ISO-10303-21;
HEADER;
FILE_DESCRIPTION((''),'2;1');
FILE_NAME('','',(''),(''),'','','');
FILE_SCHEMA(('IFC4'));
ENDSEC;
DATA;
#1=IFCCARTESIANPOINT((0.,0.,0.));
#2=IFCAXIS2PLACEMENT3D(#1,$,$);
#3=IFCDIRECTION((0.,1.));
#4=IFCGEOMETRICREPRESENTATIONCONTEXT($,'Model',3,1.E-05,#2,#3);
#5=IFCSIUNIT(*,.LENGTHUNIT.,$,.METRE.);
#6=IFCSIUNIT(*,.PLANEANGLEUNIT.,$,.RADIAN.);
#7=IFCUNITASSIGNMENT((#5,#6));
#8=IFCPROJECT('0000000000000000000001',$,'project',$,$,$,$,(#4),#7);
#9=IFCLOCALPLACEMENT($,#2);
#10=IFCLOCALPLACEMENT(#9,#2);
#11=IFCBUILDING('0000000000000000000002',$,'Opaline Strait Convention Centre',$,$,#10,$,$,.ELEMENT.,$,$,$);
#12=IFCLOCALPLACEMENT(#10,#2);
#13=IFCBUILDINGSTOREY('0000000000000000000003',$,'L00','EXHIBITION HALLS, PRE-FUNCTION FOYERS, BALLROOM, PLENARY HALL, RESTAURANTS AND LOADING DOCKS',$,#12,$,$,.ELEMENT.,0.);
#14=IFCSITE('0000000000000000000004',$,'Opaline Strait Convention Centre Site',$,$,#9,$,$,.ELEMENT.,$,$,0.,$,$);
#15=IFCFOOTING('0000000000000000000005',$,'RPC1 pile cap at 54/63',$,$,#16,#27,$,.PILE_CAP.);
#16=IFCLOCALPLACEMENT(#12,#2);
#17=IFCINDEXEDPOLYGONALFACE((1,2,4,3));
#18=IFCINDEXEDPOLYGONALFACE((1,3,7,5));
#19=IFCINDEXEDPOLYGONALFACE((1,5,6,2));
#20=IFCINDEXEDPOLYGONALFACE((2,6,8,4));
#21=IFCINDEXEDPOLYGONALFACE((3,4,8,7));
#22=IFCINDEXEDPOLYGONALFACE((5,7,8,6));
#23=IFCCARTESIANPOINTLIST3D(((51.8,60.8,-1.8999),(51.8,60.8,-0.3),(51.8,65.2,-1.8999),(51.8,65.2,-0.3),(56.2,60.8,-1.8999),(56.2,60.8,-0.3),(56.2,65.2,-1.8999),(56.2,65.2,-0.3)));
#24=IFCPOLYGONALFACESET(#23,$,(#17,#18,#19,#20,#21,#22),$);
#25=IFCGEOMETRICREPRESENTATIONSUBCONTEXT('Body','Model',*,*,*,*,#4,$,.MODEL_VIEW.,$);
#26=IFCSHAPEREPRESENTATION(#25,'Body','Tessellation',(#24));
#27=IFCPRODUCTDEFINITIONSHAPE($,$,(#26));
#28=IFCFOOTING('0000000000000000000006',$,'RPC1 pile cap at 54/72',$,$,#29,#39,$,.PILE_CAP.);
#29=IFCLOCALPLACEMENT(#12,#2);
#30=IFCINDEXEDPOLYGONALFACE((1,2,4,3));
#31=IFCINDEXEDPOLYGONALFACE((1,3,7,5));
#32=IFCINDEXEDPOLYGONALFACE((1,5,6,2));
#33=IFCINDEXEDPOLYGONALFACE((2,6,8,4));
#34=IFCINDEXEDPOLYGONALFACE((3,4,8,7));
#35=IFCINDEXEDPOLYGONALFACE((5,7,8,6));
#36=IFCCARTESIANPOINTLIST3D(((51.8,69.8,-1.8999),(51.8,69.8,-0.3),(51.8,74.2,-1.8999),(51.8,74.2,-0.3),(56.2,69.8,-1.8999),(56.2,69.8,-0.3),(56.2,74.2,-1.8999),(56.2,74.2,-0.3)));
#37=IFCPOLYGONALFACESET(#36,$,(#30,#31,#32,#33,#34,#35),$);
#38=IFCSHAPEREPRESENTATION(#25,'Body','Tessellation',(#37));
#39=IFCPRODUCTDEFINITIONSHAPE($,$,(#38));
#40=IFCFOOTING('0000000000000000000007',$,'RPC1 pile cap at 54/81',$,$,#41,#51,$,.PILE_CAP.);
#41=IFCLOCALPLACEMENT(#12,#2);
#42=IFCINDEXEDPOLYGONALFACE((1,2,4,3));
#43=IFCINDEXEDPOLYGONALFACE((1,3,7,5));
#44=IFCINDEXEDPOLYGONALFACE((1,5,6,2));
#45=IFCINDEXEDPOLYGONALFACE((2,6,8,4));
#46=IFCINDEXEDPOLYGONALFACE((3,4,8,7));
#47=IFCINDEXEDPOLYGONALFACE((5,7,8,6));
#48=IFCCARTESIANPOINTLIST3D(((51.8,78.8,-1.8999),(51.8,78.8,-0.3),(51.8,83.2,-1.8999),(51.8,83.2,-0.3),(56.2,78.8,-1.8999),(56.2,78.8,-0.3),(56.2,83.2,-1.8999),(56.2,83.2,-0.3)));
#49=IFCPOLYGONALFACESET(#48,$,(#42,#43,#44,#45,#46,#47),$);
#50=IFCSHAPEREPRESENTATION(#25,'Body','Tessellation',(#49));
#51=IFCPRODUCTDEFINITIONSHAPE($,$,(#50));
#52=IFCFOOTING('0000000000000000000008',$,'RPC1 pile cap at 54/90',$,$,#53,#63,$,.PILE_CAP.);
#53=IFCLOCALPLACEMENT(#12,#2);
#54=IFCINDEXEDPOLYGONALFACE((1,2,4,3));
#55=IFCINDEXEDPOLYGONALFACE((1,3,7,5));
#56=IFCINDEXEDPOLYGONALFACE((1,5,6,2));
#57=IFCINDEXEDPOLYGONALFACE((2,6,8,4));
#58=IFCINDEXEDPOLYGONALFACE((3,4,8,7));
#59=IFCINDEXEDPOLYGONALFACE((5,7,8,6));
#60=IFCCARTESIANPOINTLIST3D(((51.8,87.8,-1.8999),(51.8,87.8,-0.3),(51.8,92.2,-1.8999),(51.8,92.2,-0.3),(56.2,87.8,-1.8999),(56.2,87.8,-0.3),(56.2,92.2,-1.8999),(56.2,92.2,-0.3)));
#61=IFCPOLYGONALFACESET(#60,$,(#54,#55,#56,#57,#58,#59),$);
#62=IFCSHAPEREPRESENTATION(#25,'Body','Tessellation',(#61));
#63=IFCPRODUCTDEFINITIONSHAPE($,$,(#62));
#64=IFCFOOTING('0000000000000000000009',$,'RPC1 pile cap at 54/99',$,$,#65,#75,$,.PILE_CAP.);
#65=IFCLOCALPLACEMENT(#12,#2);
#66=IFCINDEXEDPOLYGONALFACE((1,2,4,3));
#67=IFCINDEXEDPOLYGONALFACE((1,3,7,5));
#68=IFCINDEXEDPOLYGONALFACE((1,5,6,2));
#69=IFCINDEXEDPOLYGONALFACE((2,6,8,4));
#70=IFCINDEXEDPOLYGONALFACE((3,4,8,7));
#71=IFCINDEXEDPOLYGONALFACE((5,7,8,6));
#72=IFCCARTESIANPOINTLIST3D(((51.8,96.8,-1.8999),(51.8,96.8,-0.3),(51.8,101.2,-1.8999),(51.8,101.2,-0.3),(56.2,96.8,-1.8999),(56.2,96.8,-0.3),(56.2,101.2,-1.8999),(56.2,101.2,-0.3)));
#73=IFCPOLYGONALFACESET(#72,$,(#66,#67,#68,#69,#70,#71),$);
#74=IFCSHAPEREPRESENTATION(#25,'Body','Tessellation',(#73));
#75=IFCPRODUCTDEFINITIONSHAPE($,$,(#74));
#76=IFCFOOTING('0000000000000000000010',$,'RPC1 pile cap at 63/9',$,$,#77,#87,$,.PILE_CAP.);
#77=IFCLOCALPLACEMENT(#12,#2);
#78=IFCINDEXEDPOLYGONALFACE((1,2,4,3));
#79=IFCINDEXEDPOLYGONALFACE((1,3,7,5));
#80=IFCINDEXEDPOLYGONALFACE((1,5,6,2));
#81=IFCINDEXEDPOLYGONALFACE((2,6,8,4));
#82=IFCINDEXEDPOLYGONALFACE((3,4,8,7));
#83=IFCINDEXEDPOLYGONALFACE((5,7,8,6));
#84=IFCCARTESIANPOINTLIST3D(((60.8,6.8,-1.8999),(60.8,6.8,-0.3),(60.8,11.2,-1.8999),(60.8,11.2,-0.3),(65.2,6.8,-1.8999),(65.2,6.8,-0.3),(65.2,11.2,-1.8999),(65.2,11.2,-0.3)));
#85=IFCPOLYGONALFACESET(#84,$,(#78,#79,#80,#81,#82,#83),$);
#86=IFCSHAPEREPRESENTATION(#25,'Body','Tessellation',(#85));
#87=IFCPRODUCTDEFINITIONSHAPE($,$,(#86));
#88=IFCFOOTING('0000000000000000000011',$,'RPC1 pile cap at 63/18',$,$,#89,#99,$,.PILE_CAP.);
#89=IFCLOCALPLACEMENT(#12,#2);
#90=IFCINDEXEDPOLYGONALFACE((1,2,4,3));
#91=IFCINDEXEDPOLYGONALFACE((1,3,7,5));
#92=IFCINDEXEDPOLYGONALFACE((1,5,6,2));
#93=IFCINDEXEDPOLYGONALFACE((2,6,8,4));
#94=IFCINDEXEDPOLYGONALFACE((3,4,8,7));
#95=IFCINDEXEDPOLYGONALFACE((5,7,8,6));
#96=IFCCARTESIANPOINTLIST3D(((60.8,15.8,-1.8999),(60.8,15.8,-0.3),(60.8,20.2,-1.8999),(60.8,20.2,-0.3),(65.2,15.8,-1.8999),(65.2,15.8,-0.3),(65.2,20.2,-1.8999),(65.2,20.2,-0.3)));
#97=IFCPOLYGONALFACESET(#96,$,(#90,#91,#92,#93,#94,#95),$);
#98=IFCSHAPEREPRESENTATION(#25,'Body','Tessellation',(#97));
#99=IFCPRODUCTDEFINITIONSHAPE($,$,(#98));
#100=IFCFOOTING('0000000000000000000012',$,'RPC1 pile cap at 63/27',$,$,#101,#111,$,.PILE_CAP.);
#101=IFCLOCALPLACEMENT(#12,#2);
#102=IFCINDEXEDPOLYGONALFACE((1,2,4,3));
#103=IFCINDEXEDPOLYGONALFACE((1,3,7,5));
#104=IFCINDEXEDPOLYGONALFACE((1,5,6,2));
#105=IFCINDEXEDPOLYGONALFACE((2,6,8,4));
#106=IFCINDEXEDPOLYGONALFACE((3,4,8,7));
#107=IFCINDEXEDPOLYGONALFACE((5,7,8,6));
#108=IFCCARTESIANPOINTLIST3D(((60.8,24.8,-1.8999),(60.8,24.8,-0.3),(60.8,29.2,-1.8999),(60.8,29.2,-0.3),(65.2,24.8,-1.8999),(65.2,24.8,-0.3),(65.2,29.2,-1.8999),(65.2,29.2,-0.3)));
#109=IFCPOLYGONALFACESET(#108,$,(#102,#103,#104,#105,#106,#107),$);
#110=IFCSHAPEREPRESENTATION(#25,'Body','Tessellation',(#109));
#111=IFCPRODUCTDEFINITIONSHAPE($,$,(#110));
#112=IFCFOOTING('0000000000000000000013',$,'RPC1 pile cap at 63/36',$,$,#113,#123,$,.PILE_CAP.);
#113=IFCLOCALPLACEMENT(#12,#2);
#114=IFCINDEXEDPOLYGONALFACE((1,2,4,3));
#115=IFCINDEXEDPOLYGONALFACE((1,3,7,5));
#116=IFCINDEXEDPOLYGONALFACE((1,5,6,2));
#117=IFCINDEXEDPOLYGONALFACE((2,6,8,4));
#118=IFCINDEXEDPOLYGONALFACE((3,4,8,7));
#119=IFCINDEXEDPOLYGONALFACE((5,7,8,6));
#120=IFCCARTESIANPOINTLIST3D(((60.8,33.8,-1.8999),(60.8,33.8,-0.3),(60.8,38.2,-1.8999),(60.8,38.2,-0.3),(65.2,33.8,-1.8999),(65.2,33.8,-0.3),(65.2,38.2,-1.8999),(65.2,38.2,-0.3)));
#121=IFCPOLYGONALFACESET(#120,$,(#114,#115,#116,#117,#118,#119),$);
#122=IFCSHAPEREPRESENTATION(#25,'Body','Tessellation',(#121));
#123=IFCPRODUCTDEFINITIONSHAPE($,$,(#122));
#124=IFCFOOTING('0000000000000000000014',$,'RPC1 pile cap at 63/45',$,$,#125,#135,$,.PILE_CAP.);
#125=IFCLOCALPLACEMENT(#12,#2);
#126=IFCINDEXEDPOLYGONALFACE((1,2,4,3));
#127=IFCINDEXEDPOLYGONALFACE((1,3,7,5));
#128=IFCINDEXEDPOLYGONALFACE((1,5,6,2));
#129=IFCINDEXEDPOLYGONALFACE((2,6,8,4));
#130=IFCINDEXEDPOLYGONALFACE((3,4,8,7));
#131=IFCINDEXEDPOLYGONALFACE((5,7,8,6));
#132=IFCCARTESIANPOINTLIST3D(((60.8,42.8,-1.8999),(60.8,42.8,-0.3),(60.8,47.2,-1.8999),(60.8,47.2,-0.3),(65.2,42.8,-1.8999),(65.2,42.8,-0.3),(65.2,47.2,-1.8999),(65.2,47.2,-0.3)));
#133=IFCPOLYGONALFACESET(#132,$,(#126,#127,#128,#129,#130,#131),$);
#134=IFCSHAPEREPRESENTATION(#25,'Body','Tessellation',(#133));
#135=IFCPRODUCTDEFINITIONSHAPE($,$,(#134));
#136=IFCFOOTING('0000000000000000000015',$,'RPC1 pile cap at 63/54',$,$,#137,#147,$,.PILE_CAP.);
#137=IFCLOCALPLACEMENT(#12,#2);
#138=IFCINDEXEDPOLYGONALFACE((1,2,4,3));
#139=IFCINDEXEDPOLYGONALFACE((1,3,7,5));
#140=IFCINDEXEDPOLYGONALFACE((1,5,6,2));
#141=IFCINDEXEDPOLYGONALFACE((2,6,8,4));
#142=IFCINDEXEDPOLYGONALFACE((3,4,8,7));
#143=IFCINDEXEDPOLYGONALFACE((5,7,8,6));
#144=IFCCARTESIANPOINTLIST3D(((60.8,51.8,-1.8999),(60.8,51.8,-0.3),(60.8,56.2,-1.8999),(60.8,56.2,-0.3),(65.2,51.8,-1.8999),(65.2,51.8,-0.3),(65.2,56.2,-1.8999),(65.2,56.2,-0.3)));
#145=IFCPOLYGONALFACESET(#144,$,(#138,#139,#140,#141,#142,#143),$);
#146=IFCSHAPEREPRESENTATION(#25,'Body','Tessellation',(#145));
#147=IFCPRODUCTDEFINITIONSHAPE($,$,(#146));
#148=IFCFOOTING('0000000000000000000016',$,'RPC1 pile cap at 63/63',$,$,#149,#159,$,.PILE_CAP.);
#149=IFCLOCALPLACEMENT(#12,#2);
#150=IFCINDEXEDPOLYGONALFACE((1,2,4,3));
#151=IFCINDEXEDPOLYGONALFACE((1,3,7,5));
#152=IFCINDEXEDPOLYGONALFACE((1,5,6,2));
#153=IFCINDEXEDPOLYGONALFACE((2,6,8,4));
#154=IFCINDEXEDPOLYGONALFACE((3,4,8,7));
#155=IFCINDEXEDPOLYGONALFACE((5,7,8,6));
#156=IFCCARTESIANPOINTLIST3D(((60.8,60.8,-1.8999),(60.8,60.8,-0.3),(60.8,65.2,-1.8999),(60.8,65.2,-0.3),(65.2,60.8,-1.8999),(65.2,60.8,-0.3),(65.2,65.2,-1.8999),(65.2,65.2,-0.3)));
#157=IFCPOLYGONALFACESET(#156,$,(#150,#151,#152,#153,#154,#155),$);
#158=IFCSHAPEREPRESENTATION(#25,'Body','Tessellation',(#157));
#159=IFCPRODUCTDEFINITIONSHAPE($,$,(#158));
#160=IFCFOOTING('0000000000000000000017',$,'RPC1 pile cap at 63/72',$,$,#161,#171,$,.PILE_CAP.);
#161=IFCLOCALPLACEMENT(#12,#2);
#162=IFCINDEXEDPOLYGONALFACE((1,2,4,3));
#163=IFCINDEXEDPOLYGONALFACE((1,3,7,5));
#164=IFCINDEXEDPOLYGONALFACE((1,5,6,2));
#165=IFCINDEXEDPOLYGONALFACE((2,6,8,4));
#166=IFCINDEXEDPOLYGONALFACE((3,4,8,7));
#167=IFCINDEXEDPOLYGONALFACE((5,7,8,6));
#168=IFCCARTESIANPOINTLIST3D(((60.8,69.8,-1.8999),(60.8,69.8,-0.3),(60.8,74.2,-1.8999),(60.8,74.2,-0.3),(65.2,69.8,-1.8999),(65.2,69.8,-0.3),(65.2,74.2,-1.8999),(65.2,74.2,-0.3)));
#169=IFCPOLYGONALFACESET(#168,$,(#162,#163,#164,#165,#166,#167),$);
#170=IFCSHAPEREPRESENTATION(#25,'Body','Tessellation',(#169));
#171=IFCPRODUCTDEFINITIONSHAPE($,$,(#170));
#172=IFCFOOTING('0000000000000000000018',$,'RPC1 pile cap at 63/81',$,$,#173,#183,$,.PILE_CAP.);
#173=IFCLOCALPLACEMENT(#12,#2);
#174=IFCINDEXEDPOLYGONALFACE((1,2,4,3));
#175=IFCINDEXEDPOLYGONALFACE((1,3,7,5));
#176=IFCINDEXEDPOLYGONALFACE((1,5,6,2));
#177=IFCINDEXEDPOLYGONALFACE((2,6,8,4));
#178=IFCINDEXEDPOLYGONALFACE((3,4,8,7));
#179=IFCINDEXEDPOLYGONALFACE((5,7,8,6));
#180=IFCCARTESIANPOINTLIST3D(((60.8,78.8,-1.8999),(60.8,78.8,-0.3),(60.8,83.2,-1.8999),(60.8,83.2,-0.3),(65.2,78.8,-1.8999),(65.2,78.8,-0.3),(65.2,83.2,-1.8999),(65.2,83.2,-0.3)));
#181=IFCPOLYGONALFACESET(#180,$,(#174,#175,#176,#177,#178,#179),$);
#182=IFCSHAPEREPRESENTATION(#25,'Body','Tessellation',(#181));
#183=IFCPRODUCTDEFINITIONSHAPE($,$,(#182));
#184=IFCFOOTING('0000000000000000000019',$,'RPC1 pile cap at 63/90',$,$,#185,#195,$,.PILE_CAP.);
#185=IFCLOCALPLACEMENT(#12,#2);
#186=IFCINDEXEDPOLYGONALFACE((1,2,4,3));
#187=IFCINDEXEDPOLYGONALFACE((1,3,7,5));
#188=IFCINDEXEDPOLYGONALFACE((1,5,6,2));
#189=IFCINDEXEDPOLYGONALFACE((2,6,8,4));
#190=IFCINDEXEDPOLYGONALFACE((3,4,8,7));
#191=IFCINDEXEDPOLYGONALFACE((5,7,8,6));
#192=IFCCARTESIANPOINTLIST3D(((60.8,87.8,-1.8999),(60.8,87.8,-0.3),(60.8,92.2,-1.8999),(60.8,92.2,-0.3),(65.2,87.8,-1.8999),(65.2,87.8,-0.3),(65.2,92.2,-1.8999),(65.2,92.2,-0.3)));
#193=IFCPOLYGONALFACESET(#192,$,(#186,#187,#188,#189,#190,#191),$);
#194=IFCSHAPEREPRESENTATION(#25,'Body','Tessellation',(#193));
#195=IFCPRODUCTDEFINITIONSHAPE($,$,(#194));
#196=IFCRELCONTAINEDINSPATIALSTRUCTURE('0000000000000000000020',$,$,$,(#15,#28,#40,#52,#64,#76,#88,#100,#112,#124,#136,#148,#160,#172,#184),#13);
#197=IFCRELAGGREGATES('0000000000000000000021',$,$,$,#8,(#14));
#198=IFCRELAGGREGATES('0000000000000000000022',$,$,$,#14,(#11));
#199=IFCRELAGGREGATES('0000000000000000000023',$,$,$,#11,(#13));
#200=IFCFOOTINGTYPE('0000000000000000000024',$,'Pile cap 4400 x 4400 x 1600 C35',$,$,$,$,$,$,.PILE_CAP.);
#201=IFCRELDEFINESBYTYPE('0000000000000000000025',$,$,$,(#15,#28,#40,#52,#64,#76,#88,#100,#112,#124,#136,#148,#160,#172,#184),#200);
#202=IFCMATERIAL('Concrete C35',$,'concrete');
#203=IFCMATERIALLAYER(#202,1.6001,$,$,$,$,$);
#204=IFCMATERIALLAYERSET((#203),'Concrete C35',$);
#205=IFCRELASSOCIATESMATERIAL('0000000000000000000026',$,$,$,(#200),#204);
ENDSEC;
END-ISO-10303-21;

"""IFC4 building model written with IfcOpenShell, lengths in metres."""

from ifc_helpers import new_model, si_unit, direction, frame, origin, place, context, subcontext, project, spatial, polyline, outline, extrude, material, layer, layer_set, type_object, element, save


model = new_model("IFC4")

# Units and contexts
model_context = context("Model", 3, precision=1e-05, world=origin(), true_north=direction((0.0, 1.0)))
body_context = subcontext(model_context, "Body", "Model", "MODEL_VIEW")
ifc_project = project(units=[si_unit("LENGTHUNIT", "METRE"), si_unit("PLANEANGLEUNIT", "RADIAN")], contexts=[model_context])

# Site, building, storey
site_placement = place(None, origin())
site = spatial("IfcSite", under=ifc_project, at=site_placement, Name="Opaline Strait Convention Centre Site", CompositionType="ELEMENT", RefElevation=0.0)
building_placement = place(site_placement, origin())
building = spatial("IfcBuilding", under=site, at=building_placement, Name="Opaline Strait Convention Centre", CompositionType="ELEMENT")
storey_placement = place(building_placement, origin())
storey = spatial("IfcBuildingStorey", under=building, at=storey_placement, Name="L00", Description="EXHIBITION HALLS, PRE-FUNCTION FOYERS, BALLROOM, PLENARY HALL, RESTAURANTS AND LOADING DOCKS", CompositionType="ELEMENT", Elevation=0.0)

# Footings
ifc_material = material(Name="Concrete C35", Category="concrete")
ifc_layer = layer(ifc_material, 1.6001)
ifc_layer_set = layer_set([ifc_layer], Name="Concrete C35")
footing_type = type_object("IfcFootingType", Name="Pile cap 4400 x 4400 x 1600 C35", PredefinedType="PILE_CAP", material=ifc_layer_set)
footing_1_placement = place(storey_placement, frame((0.0, 0.0, -1.8999)))
element("IfcFooting", 1, at=footing_1_placement, inside=storey, type_object=footing_type, Name="RPC1 pile cap at 54/63", PredefinedType="PILE_CAP", context=body_context, shape_type="SweptSolid", body=[
    extrude(outline(polyline([(51.8, 60.8), (56.2, 60.8), (56.2, 65.2), (51.8, 65.2), (51.8, 60.8)])), origin(), (0.0, 0.0, 1.0), 1.5999),
])
footing_2_placement = place(storey_placement, frame((0.0, 0.0, -1.8999)))
element("IfcFooting", 2, at=footing_2_placement, inside=storey, type_object=footing_type, Name="RPC1 pile cap at 54/72", PredefinedType="PILE_CAP", context=body_context, shape_type="SweptSolid", body=[
    extrude(outline(polyline([(51.8, 69.8), (56.2, 69.8), (56.2, 74.2), (51.8, 74.2), (51.8, 69.8)])), origin(), (0.0, 0.0, 1.0), 1.5999),
])
footing_3_placement = place(storey_placement, frame((0.0, 0.0, -1.8999)))
element("IfcFooting", 3, at=footing_3_placement, inside=storey, type_object=footing_type, Name="RPC1 pile cap at 54/81", PredefinedType="PILE_CAP", context=body_context, shape_type="SweptSolid", body=[
    extrude(outline(polyline([(51.8, 78.8), (56.2, 78.8), (56.2, 83.2), (51.8, 83.2), (51.8, 78.8)])), origin(), (0.0, 0.0, 1.0), 1.5999),
])
footing_4_placement = place(storey_placement, frame((0.0, 0.0, -1.8999)))
element("IfcFooting", 4, at=footing_4_placement, inside=storey, type_object=footing_type, Name="RPC1 pile cap at 54/90", PredefinedType="PILE_CAP", context=body_context, shape_type="SweptSolid", body=[
    extrude(outline(polyline([(51.8, 87.8), (56.2, 87.8), (56.2, 92.2), (51.8, 92.2), (51.8, 87.8)])), origin(), (0.0, 0.0, 1.0), 1.5999),
])
footing_5_placement = place(storey_placement, frame((0.0, 0.0, -1.8999)))
element("IfcFooting", 5, at=footing_5_placement, inside=storey, type_object=footing_type, Name="RPC1 pile cap at 54/99", PredefinedType="PILE_CAP", context=body_context, shape_type="SweptSolid", body=[
    extrude(outline(polyline([(51.8, 96.8), (56.2, 96.8), (56.2, 101.2), (51.8, 101.2), (51.8, 96.8)])), origin(), (0.0, 0.0, 1.0), 1.5999),
])
footing_6_placement = place(storey_placement, frame((0.0, 0.0, -1.8999)))
element("IfcFooting", 6, at=footing_6_placement, inside=storey, type_object=footing_type, Name="RPC1 pile cap at 63/9", PredefinedType="PILE_CAP", context=body_context, shape_type="SweptSolid", body=[
    extrude(outline(polyline([(60.8, 6.8), (65.2, 6.8), (65.2, 11.2), (60.8, 11.2), (60.8, 6.8)])), origin(), (0.0, 0.0, 1.0), 1.5999),
])
footing_7_placement = place(storey_placement, frame((0.0, 0.0, -1.8999)))
element("IfcFooting", 7, at=footing_7_placement, inside=storey, type_object=footing_type, Name="RPC1 pile cap at 63/18", PredefinedType="PILE_CAP", context=body_context, shape_type="SweptSolid", body=[
    extrude(outline(polyline([(60.8, 15.8), (65.2, 15.8), (65.2, 20.2), (60.8, 20.2), (60.8, 15.8)])), origin(), (0.0, 0.0, 1.0), 1.5999),
])
footing_8_placement = place(storey_placement, frame((0.0, 0.0, -1.8999)))
element("IfcFooting", 8, at=footing_8_placement, inside=storey, type_object=footing_type, Name="RPC1 pile cap at 63/27", PredefinedType="PILE_CAP", context=body_context, shape_type="SweptSolid", body=[
    extrude(outline(polyline([(60.8, 24.8), (65.2, 24.8), (65.2, 29.2), (60.8, 29.2), (60.8, 24.8)])), origin(), (0.0, 0.0, 1.0), 1.5999),
])
footing_9_placement = place(storey_placement, frame((0.0, 0.0, -1.8999)))
element("IfcFooting", 9, at=footing_9_placement, inside=storey, type_object=footing_type, Name="RPC1 pile cap at 63/36", PredefinedType="PILE_CAP", context=body_context, shape_type="SweptSolid", body=[
    extrude(outline(polyline([(60.8, 33.8), (65.2, 33.8), (65.2, 38.2), (60.8, 38.2), (60.8, 33.8)])), origin(), (0.0, 0.0, 1.0), 1.5999),
])
footing_10_placement = place(storey_placement, frame((0.0, 0.0, -1.8999)))
element("IfcFooting", 10, at=footing_10_placement, inside=storey, type_object=footing_type, Name="RPC1 pile cap at 63/45", PredefinedType="PILE_CAP", context=body_context, shape_type="SweptSolid", body=[
    extrude(outline(polyline([(60.8, 42.8), (65.2, 42.8), (65.2, 47.2), (60.8, 47.2), (60.8, 42.8)])), origin(), (0.0, 0.0, 1.0), 1.5999),
])
footing_11_placement = place(storey_placement, frame((0.0, 0.0, -1.8999)))
element("IfcFooting", 11, at=footing_11_placement, inside=storey, type_object=footing_type, Name="RPC1 pile cap at 63/54", PredefinedType="PILE_CAP", context=body_context, shape_type="SweptSolid", body=[
    extrude(outline(polyline([(60.8, 51.8), (65.2, 51.8), (65.2, 56.2), (60.8, 56.2), (60.8, 51.8)])), origin(), (0.0, 0.0, 1.0), 1.5999),
])
footing_12_placement = place(storey_placement, frame((0.0, 0.0, -1.8999)))
element("IfcFooting", 12, at=footing_12_placement, inside=storey, type_object=footing_type, Name="RPC1 pile cap at 63/63", PredefinedType="PILE_CAP", context=body_context, shape_type="SweptSolid", body=[
    extrude(outline(polyline([(60.8, 60.8), (65.2, 60.8), (65.2, 65.2), (60.8, 65.2), (60.8, 60.8)])), origin(), (0.0, 0.0, 1.0), 1.5999),
])
footing_13_placement = place(storey_placement, frame((0.0, 0.0, -1.8999)))
element("IfcFooting", 13, at=footing_13_placement, inside=storey, type_object=footing_type, Name="RPC1 pile cap at 63/72", PredefinedType="PILE_CAP", context=body_context, shape_type="SweptSolid", body=[
    extrude(outline(polyline([(60.8, 69.8), (65.2, 69.8), (65.2, 74.2), (60.8, 74.2), (60.8, 69.8)])), origin(), (0.0, 0.0, 1.0), 1.5999),
])
footing_14_placement = place(storey_placement, frame((0.0, 0.0, -1.8999)))
element("IfcFooting", 14, at=footing_14_placement, inside=storey, type_object=footing_type, Name="RPC1 pile cap at 63/81", PredefinedType="PILE_CAP", context=body_context, shape_type="SweptSolid", body=[
    extrude(outline(polyline([(60.8, 78.8), (65.2, 78.8), (65.2, 83.2), (60.8, 83.2), (60.8, 78.8)])), origin(), (0.0, 0.0, 1.0), 1.5999),
])
footing_15_placement = place(storey_placement, frame((0.0, 0.0, -1.8999)))
element("IfcFooting", 15, at=footing_15_placement, inside=storey, type_object=footing_type, Name="RPC1 pile cap at 63/90", PredefinedType="PILE_CAP", context=body_context, shape_type="SweptSolid", body=[
    extrude(outline(polyline([(60.8, 87.8), (65.2, 87.8), (65.2, 92.2), (60.8, 92.2), (60.8, 87.8)])), origin(), (0.0, 0.0, 1.0), 1.5999),
])

save(model, "model.ifc")
